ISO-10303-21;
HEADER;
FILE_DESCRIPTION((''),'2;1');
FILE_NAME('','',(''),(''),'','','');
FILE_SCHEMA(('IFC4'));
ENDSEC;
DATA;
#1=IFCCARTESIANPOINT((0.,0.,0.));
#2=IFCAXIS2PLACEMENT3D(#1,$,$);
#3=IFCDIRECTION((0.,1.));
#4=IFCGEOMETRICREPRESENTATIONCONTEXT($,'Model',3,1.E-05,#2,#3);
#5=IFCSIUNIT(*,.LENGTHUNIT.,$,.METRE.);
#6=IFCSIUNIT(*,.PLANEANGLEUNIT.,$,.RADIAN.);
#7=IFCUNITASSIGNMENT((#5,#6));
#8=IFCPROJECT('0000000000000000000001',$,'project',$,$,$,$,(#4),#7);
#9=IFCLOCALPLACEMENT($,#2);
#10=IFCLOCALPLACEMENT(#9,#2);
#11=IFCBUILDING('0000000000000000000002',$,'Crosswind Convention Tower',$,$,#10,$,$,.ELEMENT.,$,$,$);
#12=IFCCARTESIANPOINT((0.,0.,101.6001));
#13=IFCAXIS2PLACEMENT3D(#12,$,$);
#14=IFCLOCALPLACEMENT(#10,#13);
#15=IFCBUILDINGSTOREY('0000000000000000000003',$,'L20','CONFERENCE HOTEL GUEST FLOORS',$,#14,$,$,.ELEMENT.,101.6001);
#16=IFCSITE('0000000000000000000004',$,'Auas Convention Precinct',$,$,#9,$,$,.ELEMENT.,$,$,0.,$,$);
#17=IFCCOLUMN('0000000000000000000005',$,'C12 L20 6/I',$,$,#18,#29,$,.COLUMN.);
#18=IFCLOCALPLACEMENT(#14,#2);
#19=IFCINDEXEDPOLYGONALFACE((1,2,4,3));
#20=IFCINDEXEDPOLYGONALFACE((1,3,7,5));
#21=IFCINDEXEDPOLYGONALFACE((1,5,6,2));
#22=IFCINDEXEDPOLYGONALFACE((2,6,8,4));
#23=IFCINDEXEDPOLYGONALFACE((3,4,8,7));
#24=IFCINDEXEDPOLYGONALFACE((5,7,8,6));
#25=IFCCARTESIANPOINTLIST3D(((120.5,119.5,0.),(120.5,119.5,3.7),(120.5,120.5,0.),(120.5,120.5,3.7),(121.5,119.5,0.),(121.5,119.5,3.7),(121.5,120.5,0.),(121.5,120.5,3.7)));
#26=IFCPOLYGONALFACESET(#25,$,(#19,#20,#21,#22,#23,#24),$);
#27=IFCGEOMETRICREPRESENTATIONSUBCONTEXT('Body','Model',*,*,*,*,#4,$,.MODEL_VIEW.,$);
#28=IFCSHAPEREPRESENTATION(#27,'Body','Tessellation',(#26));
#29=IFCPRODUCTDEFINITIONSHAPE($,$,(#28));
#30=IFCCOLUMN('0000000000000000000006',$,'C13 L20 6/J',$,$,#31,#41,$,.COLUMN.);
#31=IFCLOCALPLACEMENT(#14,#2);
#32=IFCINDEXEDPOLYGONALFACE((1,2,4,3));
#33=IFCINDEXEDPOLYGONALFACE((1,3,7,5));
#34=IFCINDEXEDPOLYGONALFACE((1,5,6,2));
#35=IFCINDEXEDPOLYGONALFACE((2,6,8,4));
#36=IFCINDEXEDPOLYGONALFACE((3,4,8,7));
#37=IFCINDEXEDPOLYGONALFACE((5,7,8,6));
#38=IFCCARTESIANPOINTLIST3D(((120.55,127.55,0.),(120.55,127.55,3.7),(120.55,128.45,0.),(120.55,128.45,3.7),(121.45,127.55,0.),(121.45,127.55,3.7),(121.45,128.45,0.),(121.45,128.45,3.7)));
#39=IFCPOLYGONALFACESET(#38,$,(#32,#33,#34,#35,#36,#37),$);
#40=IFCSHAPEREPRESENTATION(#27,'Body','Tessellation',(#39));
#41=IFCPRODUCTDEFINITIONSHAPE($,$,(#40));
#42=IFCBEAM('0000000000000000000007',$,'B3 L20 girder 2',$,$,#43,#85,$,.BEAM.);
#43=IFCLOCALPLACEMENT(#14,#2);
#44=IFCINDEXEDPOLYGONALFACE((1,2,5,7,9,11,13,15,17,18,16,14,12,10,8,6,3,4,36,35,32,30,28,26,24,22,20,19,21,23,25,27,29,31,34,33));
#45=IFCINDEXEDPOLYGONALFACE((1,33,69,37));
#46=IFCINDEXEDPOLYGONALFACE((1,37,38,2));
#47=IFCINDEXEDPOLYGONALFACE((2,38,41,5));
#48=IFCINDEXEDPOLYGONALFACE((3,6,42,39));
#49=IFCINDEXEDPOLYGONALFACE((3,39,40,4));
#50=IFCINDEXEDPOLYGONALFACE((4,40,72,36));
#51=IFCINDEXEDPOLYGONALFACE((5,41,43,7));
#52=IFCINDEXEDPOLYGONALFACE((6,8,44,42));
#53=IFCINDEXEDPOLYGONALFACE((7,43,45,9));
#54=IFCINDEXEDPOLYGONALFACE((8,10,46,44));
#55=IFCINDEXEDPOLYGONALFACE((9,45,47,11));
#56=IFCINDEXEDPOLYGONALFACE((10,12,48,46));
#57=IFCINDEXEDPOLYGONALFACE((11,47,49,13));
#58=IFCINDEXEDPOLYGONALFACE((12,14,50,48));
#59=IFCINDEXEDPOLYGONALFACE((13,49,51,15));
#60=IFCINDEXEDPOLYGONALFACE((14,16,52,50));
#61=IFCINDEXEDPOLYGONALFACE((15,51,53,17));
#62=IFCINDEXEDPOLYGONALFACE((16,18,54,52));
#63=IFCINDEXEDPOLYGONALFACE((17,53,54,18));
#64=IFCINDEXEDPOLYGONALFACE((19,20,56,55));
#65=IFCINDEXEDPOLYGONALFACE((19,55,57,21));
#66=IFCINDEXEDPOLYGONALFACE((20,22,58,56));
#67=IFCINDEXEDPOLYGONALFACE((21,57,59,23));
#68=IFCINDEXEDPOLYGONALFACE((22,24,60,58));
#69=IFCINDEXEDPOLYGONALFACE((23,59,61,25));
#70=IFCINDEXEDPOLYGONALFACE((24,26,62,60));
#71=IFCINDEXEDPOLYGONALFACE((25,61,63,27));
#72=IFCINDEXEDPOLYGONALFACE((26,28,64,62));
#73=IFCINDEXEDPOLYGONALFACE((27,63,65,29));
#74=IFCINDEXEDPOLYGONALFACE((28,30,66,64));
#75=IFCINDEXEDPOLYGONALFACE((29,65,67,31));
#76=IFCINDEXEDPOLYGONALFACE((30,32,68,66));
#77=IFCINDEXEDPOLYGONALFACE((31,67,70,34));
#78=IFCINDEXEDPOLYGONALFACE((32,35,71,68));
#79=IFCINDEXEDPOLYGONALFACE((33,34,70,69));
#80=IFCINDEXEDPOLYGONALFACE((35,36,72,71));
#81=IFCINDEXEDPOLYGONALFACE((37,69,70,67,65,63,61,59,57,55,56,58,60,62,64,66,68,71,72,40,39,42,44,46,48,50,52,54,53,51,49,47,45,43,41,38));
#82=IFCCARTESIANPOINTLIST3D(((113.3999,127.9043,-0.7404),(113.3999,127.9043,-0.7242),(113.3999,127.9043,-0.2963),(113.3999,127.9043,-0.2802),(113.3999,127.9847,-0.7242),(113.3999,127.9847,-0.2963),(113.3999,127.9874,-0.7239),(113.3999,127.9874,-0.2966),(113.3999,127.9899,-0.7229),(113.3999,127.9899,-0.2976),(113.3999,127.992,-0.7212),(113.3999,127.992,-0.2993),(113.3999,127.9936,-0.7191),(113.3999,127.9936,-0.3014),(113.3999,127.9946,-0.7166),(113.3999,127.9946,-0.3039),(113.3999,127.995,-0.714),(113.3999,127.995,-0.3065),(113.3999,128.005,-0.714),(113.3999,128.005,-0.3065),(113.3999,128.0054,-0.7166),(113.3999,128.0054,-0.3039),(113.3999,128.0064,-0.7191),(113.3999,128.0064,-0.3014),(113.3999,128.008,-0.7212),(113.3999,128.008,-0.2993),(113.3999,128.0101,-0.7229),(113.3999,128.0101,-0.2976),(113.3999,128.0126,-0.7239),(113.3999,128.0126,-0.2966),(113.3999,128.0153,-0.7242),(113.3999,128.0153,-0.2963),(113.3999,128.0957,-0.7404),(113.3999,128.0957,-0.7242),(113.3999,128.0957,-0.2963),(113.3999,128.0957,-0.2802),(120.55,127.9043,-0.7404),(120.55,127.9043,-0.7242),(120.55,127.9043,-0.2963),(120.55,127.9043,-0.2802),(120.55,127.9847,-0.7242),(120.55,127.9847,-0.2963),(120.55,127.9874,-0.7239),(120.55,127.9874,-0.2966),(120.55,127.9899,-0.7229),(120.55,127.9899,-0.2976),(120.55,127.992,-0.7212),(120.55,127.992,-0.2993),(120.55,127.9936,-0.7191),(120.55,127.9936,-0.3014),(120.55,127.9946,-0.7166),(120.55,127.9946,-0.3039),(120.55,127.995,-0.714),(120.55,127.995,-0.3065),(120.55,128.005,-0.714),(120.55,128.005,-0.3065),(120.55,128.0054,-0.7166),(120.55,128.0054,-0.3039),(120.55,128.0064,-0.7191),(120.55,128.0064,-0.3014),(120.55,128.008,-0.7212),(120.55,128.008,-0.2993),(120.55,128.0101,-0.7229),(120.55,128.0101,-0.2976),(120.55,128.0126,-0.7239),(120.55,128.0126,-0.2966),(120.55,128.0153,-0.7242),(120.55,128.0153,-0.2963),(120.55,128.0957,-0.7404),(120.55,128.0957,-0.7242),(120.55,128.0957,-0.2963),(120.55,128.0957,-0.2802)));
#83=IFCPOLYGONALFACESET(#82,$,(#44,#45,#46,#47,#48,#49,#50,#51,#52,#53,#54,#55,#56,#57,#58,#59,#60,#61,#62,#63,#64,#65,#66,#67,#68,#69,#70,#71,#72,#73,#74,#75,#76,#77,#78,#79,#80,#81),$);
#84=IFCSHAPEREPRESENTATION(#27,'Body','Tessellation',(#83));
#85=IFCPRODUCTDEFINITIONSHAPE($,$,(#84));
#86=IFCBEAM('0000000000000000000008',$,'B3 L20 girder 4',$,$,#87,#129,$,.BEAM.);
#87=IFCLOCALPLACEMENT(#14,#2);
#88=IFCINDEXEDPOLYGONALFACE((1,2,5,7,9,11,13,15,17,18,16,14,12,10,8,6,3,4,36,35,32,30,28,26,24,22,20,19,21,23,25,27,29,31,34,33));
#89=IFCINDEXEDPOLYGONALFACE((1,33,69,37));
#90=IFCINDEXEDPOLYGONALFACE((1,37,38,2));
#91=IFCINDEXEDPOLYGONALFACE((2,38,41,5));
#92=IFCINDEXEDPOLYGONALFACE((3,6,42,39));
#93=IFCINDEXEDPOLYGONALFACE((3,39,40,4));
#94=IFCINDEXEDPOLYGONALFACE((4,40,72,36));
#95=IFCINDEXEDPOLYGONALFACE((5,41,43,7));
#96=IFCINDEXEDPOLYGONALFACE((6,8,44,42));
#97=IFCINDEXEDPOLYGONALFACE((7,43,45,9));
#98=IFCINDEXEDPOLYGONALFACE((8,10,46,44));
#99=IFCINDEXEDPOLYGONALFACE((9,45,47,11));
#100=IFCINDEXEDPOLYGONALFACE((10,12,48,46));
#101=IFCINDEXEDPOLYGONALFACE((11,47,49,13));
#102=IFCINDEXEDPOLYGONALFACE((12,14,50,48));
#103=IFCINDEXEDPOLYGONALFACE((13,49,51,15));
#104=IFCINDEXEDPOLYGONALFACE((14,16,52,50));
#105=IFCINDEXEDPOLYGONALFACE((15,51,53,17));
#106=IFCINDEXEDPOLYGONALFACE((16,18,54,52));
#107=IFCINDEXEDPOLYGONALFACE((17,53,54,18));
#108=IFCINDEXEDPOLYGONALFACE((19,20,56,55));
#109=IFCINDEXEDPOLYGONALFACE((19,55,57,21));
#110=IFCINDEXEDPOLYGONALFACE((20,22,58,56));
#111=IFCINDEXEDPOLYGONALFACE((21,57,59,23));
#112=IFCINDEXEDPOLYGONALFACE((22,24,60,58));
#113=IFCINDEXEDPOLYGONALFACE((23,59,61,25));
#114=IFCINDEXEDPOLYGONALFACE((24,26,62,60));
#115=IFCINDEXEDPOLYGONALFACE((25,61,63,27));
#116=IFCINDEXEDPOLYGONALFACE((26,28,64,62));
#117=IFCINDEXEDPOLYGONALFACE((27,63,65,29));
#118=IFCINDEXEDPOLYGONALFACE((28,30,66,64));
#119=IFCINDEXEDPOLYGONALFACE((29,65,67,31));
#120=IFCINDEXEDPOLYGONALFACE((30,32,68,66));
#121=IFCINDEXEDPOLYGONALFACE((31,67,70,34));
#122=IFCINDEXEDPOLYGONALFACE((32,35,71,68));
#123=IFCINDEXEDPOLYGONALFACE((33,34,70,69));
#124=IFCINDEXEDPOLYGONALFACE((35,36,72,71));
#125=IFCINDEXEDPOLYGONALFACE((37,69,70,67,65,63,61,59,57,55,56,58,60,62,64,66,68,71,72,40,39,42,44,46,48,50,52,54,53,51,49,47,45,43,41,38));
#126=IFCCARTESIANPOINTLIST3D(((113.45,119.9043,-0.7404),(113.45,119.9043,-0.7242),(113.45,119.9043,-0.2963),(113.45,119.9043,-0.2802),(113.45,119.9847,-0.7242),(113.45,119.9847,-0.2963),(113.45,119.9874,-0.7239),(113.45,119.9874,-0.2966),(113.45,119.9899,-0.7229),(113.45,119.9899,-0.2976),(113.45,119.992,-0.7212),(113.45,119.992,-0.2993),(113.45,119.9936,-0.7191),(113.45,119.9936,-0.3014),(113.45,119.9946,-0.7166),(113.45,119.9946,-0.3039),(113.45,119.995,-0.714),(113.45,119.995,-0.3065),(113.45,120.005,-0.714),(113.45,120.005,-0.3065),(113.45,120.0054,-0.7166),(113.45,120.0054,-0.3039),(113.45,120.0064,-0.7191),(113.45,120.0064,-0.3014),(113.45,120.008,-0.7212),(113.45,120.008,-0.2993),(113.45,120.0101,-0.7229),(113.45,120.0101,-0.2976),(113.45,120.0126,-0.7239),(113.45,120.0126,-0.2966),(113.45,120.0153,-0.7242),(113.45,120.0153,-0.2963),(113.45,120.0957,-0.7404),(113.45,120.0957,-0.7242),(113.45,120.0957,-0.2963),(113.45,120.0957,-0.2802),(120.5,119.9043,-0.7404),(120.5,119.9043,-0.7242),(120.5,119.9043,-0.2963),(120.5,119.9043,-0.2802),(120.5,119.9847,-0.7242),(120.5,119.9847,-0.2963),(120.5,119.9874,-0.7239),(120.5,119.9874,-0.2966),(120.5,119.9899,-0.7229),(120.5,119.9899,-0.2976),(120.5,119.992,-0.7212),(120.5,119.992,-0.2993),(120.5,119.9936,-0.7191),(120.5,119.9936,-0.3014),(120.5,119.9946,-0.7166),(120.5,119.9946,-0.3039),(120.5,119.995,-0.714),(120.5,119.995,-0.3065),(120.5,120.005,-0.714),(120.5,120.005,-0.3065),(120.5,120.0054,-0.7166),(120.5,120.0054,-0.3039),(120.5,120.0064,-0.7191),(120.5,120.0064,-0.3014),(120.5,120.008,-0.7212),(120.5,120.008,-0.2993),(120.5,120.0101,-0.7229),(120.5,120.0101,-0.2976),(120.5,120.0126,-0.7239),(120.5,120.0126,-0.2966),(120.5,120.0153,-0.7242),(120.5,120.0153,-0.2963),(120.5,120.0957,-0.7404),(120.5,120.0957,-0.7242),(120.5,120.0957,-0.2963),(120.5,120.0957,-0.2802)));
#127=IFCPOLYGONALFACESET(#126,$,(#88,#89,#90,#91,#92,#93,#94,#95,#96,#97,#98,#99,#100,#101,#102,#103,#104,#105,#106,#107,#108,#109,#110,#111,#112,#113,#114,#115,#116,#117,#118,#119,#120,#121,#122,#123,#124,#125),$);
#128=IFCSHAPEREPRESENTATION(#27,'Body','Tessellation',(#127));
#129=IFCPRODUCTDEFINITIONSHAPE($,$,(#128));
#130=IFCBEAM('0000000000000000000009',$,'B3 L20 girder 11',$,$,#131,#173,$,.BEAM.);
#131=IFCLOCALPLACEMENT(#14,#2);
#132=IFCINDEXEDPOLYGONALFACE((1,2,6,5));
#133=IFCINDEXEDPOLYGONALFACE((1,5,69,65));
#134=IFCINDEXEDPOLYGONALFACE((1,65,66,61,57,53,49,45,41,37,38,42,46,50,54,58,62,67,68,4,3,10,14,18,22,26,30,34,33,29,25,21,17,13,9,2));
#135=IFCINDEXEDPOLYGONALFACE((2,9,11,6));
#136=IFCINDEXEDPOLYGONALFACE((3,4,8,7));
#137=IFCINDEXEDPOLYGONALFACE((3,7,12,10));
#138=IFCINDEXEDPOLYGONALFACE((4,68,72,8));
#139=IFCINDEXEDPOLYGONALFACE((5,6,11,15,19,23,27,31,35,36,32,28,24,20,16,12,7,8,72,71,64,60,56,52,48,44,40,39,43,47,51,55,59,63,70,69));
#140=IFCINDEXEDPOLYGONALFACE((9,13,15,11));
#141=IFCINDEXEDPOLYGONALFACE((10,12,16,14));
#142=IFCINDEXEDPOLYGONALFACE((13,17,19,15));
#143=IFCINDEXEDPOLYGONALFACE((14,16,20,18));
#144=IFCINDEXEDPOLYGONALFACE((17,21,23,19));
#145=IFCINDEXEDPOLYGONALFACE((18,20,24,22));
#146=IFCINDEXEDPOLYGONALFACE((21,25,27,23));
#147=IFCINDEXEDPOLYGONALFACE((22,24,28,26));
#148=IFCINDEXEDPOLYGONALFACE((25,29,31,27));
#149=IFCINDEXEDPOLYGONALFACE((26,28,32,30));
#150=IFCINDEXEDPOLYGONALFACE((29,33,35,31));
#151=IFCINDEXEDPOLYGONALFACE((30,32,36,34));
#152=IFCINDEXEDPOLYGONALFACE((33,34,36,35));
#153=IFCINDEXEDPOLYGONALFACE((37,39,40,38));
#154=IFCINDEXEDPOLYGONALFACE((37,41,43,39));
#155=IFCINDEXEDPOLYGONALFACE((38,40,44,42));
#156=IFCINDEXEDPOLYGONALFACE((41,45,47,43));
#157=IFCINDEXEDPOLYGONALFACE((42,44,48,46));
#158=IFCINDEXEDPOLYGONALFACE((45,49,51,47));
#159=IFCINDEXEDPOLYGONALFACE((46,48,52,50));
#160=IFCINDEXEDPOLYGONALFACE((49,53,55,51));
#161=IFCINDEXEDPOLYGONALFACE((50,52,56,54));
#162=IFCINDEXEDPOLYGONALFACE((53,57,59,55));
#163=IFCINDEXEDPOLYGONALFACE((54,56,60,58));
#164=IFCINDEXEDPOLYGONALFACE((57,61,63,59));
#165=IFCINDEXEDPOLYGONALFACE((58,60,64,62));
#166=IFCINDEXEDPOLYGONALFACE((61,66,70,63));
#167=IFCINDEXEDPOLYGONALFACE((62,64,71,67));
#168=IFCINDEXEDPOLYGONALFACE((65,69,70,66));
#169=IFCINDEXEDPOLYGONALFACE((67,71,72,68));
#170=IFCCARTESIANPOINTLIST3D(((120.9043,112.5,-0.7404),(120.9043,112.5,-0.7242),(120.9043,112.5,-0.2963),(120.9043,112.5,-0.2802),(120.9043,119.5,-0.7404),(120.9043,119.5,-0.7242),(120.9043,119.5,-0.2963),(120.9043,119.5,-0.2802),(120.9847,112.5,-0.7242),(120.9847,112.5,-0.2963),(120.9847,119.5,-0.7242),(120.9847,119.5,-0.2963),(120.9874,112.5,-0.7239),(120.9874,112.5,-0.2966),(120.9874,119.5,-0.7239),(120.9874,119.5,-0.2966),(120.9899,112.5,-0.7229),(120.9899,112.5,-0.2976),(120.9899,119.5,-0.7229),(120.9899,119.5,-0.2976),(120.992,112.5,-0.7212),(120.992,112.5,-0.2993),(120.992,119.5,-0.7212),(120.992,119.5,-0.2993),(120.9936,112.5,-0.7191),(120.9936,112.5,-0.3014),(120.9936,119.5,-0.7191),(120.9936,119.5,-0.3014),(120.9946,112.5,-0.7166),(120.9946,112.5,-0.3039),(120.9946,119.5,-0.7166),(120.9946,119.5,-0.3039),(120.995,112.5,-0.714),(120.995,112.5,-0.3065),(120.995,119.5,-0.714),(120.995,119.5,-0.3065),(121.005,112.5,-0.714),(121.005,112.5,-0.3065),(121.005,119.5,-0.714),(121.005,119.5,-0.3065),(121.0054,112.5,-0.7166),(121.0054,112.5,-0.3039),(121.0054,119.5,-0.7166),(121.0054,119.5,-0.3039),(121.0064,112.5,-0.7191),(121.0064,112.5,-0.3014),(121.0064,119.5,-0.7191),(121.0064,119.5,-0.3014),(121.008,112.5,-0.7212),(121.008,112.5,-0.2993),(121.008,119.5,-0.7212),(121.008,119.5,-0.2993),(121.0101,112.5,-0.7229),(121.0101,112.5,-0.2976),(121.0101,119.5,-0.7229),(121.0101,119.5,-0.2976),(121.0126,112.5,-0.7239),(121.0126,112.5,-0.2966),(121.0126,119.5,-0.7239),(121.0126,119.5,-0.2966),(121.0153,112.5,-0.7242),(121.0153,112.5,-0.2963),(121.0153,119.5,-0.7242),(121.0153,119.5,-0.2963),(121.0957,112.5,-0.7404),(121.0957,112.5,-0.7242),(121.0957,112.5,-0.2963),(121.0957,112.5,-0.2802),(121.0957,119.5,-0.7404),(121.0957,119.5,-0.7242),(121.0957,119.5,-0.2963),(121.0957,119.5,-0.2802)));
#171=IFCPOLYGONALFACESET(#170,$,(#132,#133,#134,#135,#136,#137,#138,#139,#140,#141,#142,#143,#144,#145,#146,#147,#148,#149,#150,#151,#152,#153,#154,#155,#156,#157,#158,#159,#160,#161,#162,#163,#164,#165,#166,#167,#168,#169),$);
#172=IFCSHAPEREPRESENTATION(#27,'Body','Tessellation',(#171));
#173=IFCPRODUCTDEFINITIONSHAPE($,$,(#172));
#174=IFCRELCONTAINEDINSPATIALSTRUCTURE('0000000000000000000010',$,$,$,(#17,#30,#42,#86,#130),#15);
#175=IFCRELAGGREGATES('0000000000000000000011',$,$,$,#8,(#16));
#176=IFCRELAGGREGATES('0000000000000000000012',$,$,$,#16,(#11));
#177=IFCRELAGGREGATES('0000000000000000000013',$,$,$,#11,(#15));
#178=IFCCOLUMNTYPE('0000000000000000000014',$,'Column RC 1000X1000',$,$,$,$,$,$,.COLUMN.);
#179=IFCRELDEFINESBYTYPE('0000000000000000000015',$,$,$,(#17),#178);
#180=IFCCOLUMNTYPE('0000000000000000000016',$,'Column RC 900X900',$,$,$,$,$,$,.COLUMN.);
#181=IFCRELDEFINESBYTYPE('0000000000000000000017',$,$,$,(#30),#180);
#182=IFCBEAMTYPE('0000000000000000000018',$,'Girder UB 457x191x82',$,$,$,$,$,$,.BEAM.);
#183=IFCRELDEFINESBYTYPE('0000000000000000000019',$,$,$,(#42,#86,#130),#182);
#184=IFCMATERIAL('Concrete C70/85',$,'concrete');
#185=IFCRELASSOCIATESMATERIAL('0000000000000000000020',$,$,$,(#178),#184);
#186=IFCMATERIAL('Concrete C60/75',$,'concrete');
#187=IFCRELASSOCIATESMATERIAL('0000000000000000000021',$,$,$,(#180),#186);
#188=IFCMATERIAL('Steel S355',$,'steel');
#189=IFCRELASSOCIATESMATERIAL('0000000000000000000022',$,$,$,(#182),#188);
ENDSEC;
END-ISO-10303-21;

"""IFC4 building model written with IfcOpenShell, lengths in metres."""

from ifc_helpers import new_model, si_unit, direction, frame, origin, origin_2d, place, context, subcontext, project, spatial, rectangle, i_section, extrude, material, material_profile, profile_set, type_object, element, save


model = new_model("IFC4")

# Units and contexts
model_context = context("Model", 3, precision=1e-05, world=origin(), true_north=direction((0.0, 1.0)))
body_context = subcontext(model_context, "Body", "Model", "MODEL_VIEW")
ifc_project = project(units=[si_unit("LENGTHUNIT", "METRE"), si_unit("PLANEANGLEUNIT", "RADIAN")], contexts=[model_context])

# Site, building, storey
site_placement = place(None, origin())
site = spatial("IfcSite", under=ifc_project, at=site_placement, Name="Auas Convention Precinct", CompositionType="ELEMENT", RefElevation=0.0)
building_placement = place(site_placement, origin())
building = spatial("IfcBuilding", under=site, at=building_placement, Name="Crosswind Convention Tower", CompositionType="ELEMENT")
storey_placement = place(building_placement, frame((0.0, 0.0, 101.6001)))
storey = spatial("IfcBuildingStorey", under=building, at=storey_placement, Name="L20", Description="CONFERENCE HOTEL GUEST FLOORS", CompositionType="ELEMENT", Elevation=101.6001)

# Columns
ifc_material_1 = material(Name="Concrete C70/85", Category="concrete")
ifc_material_profile_1 = material_profile(ifc_material_1, rectangle(XDim=1.0, YDim=1.0, at=origin_2d()), Name="RC 1000X1000")
ifc_profile_set_1 = profile_set([ifc_material_profile_1], Name="Concrete C70/85")
column_type_1 = type_object("IfcColumnType", Name="Column RC 1000X1000", PredefinedType="COLUMN", material=ifc_profile_set_1)
column_1_placement = place(storey_placement, frame((121.0, 120.0, 0.0), z_axis=(0.0, 0.0, 1.0), x_axis=(1.0, 0.0, 0.0)))
element("IfcColumn", 1, at=column_1_placement, inside=storey, type_object=column_type_1, Name="C12 L20 6/I", PredefinedType="COLUMN", context=body_context, shape_type="SweptSolid", body=[
    extrude(rectangle(XDim=1.0, YDim=1.0, at=origin_2d()), origin(), (0.0, 0.0, 1.0), 3.7),
])
ifc_material_2 = material(Name="Concrete C60/75", Category="concrete")
ifc_material_profile_2 = material_profile(ifc_material_2, rectangle(XDim=0.8999, YDim=0.8999, at=origin_2d()), Name="RC 900X900")
ifc_profile_set_2 = profile_set([ifc_material_profile_2], Name="Concrete C60/75")
column_type_2 = type_object("IfcColumnType", Name="Column RC 900X900", PredefinedType="COLUMN", material=ifc_profile_set_2)
column_2_placement = place(storey_placement, frame((121.0, 128.0, 0.0), z_axis=(0.0, 0.0, 1.0), x_axis=(1.0, 0.0, 0.0)))
element("IfcColumn", 2, at=column_2_placement, inside=storey, type_object=column_type_2, Name="C13 L20 6/J", PredefinedType="COLUMN", context=body_context, shape_type="SweptSolid", body=[
    extrude(rectangle(XDim=0.8999, YDim=0.8999, at=origin_2d()), origin(), (0.0, 0.0, 1.0), 3.7),
])

# Beams
ifc_material_3 = material(Name="Steel S355", Category="steel")
ifc_material_profile_3 = material_profile(ifc_material_3, i_section(OverallWidth=0.1914, OverallDepth=0.4602, WebThickness=0.01, FlangeThickness=0.0161, FilletRadius=0.0103, at=origin_2d()), Name="UB 457x191x82")
ifc_profile_set_3 = profile_set([ifc_material_profile_3], Name="Steel S355")
beam_type_1 = type_object("IfcBeamType", Name="Girder UB 457x191x82", PredefinedType="BEAM", material=ifc_profile_set_3)
beam_1_placement = place(storey_placement, frame((113.3999, 128.0, -0.5103), z_axis=(1.0, 0.0, 0.0), x_axis=(0.0, 1.0, 0.0)))
element("IfcBeam", 3, at=beam_1_placement, inside=storey, type_object=beam_type_1, Name="B3 L20 girder 2", PredefinedType="BEAM", context=body_context, shape_type="SweptSolid", body=[
    extrude(i_section(OverallWidth=0.1914, OverallDepth=0.4602, WebThickness=0.01, FlangeThickness=0.0161, FilletRadius=0.0103, at=origin_2d()), origin(), (0.0, 0.0, 1.0), 7.1501),
])
beam_2_placement = place(storey_placement, frame((113.45, 120.0, -0.5103), z_axis=(1.0, 0.0, 0.0), x_axis=(0.0, 1.0, 0.0)))
element("IfcBeam", 4, at=beam_2_placement, inside=storey, type_object=beam_type_1, Name="B3 L20 girder 4", PredefinedType="BEAM", context=body_context, shape_type="SweptSolid", body=[
    extrude(i_section(OverallWidth=0.1914, OverallDepth=0.4602, WebThickness=0.01, FlangeThickness=0.0161, FilletRadius=0.0103, at=origin_2d()), origin(), (0.0, 0.0, 1.0), 7.05),
])
beam_3_placement = place(storey_placement, frame((121.0, 112.5, -0.5103), z_axis=(0.0, 1.0, 0.0), x_axis=(-1.0, 0.0, 0.0)))
element("IfcBeam", 5, at=beam_3_placement, inside=storey, type_object=beam_type_1, Name="B3 L20 girder 11", PredefinedType="BEAM", context=body_context, shape_type="SweptSolid", body=[
    extrude(i_section(OverallWidth=0.1914, OverallDepth=0.4602, WebThickness=0.01, FlangeThickness=0.0161, FilletRadius=0.0103, at=origin_2d()), origin(), (0.0, 0.0, 1.0), 7.0),
])

save(model, "model.ifc")
